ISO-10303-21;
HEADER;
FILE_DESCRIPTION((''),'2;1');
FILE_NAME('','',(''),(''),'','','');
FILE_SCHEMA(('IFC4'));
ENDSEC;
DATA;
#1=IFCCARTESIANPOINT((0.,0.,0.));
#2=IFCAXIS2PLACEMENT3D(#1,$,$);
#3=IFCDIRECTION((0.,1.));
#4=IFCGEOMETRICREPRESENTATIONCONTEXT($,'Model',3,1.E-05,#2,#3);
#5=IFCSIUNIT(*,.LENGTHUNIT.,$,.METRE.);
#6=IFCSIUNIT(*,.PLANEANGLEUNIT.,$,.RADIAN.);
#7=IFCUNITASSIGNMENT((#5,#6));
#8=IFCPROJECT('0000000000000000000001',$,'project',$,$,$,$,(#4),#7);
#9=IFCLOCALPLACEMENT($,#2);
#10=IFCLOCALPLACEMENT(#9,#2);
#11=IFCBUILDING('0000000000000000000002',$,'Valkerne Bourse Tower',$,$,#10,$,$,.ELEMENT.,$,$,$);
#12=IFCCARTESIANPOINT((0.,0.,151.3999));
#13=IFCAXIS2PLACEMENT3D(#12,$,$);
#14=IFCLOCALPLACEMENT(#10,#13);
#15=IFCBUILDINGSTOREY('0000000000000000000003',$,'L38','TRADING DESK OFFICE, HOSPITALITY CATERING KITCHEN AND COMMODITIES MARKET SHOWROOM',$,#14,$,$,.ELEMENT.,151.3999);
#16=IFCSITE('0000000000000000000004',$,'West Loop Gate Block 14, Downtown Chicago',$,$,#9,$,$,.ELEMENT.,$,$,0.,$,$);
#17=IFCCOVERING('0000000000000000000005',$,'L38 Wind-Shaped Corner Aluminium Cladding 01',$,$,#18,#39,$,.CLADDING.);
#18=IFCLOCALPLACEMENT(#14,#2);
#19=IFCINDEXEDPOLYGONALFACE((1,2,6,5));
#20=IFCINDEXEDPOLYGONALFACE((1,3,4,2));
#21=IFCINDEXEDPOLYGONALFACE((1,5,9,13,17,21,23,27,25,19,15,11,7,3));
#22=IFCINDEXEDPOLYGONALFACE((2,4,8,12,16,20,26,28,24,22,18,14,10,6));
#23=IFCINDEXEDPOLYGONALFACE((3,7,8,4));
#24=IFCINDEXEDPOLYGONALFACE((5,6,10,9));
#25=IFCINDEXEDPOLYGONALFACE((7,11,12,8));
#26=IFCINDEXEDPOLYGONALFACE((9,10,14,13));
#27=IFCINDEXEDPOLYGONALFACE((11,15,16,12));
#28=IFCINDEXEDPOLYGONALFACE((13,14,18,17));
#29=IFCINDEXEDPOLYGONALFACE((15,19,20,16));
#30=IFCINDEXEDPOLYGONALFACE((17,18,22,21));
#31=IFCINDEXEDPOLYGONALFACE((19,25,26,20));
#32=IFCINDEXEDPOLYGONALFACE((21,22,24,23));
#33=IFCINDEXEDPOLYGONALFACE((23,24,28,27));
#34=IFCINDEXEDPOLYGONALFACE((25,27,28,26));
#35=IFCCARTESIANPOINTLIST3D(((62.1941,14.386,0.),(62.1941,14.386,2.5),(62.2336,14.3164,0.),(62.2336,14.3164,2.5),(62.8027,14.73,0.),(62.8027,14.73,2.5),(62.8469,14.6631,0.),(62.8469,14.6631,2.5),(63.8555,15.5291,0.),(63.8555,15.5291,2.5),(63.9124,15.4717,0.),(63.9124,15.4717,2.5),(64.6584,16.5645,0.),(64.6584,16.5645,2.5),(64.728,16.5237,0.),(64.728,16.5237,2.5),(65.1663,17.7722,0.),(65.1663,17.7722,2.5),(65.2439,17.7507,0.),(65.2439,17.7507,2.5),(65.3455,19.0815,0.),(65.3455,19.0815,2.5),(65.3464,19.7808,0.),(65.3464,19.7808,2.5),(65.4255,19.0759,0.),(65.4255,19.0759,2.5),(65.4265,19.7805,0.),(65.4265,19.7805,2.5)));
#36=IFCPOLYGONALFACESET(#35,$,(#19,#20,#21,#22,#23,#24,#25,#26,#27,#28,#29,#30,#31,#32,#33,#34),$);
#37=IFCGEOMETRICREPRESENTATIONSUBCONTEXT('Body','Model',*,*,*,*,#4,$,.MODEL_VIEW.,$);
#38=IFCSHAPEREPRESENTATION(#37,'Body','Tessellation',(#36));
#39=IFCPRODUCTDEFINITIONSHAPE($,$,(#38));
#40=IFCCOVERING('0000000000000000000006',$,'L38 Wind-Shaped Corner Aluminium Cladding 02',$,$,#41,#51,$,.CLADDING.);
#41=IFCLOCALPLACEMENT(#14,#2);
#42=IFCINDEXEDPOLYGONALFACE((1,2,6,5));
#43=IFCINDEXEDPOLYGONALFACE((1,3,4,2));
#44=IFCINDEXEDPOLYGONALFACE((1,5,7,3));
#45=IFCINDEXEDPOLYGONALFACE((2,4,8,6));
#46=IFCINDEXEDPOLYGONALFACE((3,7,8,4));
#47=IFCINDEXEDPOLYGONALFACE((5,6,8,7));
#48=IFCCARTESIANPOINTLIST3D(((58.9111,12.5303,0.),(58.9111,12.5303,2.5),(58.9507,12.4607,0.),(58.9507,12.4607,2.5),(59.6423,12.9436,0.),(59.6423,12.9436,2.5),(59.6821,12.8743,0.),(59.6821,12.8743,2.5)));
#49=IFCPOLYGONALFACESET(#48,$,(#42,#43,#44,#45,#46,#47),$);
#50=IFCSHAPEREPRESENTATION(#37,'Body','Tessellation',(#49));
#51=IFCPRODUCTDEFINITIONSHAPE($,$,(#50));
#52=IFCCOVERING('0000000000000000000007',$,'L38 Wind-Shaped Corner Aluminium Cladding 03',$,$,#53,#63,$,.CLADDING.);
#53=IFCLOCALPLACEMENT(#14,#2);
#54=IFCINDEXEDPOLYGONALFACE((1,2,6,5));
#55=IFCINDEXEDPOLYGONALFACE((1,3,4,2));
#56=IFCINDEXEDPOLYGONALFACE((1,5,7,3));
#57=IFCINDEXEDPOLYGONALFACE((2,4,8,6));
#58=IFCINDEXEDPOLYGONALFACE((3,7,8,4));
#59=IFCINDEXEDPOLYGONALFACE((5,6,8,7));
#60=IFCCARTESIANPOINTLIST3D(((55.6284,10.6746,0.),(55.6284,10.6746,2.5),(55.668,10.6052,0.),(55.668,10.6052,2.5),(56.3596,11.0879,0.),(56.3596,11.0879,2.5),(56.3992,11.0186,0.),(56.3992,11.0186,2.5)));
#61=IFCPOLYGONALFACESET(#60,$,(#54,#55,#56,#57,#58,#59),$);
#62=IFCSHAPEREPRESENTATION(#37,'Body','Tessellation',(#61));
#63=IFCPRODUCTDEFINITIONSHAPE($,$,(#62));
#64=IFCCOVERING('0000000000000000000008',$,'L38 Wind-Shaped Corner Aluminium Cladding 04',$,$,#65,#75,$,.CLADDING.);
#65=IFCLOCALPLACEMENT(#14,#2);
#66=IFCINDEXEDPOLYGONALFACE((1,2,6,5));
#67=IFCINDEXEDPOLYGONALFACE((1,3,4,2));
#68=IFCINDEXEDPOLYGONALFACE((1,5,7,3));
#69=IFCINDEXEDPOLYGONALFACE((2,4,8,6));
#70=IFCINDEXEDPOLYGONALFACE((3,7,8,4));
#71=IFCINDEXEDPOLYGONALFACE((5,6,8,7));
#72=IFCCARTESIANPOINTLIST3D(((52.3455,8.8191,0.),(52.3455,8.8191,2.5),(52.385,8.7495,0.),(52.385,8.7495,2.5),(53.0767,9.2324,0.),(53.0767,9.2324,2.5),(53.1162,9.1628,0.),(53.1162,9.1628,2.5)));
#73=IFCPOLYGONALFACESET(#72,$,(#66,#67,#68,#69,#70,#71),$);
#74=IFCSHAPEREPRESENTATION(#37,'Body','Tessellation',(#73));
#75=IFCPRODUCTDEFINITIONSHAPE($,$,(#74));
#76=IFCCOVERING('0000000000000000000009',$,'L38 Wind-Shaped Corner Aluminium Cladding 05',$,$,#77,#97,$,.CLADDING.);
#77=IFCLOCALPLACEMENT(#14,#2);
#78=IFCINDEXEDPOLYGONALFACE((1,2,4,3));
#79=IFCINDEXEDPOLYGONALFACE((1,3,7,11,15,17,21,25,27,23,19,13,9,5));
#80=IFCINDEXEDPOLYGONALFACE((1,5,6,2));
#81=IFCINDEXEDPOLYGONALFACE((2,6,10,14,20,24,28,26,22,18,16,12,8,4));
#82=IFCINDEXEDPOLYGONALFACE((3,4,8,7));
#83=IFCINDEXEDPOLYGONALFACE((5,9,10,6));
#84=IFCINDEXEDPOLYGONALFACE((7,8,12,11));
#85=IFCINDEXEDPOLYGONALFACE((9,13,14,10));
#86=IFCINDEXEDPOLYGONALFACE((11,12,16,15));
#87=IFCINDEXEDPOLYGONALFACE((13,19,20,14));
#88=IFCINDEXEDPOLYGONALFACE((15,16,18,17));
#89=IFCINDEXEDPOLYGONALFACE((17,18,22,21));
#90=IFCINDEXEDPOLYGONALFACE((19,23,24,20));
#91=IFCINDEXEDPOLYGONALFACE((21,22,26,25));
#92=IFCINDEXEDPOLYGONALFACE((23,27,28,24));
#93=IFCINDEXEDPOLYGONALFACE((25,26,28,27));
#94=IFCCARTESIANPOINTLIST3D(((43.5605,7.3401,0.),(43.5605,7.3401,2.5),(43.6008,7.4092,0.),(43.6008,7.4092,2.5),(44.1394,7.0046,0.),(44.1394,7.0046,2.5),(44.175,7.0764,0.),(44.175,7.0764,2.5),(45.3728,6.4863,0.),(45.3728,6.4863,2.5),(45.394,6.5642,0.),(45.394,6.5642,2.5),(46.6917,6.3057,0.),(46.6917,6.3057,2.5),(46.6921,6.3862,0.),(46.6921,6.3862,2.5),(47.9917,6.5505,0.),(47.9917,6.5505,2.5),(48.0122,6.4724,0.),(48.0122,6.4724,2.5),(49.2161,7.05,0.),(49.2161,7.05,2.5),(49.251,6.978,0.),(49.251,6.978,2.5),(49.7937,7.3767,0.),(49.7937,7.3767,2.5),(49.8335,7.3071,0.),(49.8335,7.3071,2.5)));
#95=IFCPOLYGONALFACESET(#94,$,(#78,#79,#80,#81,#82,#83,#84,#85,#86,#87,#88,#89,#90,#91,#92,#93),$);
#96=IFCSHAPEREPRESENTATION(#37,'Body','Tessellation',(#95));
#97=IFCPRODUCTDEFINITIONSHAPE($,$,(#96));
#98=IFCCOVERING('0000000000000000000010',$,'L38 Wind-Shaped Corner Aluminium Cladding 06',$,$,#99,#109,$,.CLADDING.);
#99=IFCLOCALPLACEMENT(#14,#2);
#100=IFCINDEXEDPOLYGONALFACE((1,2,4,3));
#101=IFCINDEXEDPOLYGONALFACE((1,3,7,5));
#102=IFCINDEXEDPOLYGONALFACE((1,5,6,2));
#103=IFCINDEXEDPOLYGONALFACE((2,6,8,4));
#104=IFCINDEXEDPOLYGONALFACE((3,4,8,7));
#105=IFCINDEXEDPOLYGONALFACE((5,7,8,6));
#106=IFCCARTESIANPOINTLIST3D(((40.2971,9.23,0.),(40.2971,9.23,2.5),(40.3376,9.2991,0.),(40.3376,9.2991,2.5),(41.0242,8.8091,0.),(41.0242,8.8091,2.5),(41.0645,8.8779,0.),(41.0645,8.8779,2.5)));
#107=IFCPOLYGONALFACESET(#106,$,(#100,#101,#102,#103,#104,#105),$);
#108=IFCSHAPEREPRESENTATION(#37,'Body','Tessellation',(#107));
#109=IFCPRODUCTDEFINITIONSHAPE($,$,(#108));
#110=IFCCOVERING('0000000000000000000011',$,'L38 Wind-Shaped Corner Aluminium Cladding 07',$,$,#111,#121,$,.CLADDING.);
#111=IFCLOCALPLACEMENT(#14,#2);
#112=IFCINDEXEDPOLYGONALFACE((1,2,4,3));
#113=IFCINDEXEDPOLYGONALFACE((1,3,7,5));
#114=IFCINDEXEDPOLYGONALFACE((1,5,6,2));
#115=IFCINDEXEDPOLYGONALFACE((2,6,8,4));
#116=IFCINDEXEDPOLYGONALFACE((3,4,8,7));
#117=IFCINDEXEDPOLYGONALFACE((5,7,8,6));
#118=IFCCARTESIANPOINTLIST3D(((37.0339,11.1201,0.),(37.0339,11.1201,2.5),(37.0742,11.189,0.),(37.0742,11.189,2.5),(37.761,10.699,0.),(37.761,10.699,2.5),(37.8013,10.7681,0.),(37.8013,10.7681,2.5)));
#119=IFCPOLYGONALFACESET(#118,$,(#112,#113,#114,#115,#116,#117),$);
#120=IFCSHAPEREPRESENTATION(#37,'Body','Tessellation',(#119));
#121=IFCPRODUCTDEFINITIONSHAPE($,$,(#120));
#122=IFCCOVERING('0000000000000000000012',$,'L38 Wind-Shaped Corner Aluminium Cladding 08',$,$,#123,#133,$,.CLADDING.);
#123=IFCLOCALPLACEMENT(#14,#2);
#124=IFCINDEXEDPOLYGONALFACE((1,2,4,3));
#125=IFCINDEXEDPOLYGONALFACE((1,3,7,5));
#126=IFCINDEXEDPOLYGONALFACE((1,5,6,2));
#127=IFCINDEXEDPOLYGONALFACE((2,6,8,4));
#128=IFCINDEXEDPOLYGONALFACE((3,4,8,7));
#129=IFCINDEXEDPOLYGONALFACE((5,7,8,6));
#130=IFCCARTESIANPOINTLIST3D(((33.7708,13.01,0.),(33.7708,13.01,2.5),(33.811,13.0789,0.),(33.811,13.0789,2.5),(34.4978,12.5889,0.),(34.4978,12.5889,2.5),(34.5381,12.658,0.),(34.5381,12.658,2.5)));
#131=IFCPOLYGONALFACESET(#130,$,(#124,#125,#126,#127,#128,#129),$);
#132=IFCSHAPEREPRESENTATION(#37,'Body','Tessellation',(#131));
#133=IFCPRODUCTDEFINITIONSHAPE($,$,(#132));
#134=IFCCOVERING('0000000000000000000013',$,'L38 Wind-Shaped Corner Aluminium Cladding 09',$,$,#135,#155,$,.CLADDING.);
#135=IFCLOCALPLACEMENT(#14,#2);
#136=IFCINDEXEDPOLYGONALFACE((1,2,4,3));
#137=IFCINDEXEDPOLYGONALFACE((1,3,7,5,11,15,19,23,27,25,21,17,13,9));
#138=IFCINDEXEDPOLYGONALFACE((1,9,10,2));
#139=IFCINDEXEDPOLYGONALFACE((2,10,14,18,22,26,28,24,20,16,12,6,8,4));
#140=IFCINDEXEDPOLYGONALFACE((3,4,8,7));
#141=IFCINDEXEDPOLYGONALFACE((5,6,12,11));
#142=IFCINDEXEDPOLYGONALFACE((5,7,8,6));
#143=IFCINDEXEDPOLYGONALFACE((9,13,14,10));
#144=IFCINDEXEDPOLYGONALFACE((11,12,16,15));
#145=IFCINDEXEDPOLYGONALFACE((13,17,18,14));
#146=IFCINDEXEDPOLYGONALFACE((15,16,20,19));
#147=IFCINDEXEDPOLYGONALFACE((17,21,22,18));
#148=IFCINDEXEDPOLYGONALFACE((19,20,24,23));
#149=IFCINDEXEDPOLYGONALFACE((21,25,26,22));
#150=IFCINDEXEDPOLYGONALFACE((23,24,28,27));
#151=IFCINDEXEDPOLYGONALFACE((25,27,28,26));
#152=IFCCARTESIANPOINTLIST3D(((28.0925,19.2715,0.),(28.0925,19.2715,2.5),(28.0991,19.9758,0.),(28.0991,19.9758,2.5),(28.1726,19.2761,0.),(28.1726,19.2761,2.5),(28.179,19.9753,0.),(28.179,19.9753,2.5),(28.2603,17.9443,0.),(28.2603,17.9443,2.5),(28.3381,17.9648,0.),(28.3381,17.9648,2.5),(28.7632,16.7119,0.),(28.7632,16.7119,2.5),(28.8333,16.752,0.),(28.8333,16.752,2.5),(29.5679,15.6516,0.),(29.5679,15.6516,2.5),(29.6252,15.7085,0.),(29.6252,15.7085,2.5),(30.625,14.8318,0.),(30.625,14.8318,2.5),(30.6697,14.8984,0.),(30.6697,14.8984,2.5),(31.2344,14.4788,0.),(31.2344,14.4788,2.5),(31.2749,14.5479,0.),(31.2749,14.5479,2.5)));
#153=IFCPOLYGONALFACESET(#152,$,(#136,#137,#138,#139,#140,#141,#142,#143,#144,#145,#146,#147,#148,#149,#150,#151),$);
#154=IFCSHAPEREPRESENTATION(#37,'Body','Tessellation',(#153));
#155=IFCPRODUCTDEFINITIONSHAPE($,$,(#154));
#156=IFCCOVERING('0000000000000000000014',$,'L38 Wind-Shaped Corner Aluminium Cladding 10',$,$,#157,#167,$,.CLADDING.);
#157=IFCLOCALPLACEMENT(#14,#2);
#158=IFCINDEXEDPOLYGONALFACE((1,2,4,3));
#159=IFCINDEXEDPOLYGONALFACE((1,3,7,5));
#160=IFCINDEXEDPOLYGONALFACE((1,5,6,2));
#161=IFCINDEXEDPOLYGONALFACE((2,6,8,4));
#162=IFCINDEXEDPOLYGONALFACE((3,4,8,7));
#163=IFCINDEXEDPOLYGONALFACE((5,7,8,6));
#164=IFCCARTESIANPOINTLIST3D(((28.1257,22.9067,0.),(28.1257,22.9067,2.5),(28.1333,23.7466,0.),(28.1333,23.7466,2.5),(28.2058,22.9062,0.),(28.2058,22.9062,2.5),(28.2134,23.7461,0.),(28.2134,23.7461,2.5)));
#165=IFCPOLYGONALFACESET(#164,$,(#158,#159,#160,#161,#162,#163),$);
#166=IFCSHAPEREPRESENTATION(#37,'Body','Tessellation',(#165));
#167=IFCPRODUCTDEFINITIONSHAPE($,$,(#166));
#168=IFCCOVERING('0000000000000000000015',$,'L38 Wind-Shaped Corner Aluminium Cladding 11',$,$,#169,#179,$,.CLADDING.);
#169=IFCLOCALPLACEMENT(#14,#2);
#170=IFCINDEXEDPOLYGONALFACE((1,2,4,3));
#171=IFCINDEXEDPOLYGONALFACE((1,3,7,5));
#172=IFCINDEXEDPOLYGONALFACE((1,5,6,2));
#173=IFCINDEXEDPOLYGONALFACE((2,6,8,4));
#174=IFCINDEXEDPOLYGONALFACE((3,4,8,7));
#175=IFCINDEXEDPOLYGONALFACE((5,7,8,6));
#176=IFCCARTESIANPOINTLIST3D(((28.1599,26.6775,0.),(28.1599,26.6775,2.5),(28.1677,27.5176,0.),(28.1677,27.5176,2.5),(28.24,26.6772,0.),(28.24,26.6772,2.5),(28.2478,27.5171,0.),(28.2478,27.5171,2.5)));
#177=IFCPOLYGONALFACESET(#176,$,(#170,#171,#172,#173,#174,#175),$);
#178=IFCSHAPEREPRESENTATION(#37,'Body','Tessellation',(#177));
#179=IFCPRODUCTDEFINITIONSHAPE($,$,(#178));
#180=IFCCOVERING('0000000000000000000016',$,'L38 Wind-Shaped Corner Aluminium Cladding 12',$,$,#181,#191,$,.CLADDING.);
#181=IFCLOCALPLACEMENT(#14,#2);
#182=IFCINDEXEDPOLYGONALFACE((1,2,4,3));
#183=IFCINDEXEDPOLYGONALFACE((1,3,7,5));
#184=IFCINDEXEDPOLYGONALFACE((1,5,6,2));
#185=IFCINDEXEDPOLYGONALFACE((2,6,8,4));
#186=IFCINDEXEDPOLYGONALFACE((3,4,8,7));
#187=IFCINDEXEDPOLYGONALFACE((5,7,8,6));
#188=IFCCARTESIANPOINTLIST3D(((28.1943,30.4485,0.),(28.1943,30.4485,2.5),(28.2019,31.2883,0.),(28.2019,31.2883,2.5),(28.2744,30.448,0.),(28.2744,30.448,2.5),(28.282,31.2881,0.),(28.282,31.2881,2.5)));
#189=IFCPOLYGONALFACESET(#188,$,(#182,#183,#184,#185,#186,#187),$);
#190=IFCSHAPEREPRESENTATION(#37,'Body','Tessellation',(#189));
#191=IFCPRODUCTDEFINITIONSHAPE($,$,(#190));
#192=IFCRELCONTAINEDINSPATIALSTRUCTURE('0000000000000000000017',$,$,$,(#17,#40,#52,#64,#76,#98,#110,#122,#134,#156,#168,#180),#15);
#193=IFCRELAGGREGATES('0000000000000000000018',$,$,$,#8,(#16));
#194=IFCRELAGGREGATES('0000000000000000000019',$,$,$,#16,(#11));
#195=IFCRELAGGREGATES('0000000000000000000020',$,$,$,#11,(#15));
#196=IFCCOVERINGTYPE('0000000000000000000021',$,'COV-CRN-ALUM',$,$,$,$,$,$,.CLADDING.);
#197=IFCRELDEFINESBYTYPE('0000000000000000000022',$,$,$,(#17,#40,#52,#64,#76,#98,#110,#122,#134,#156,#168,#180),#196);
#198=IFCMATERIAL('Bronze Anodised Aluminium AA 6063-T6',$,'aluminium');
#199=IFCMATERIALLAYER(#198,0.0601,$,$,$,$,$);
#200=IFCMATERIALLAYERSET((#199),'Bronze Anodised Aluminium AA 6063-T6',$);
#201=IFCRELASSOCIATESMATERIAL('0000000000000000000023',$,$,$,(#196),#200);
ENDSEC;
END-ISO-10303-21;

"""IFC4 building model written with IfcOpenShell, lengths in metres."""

from ifc_helpers import new_model, si_unit, direction, frame, origin, place, context, subcontext, project, spatial, polyline, outline, extrude, material, layer, layer_set, type_object, element, save


model = new_model("IFC4")

# Units and contexts
model_context = context("Model", 3, precision=1e-05, world=origin(), true_north=direction((0.0, 1.0)))
body_context = subcontext(model_context, "Body", "Model", "MODEL_VIEW")
ifc_project = project(units=[si_unit("LENGTHUNIT", "METRE"), si_unit("PLANEANGLEUNIT", "RADIAN")], contexts=[model_context])

# Site, building, storey
site_placement = place(None, origin())
site = spatial("IfcSite", under=ifc_project, at=site_placement, Name="West Loop Gate Block 14, Downtown Chicago", CompositionType="ELEMENT", RefElevation=0.0)
building_placement = place(site_placement, origin())
building = spatial("IfcBuilding", under=site, at=building_placement, Name="Valkerne Bourse Tower", CompositionType="ELEMENT")
storey_placement = place(building_placement, frame((0.0, 0.0, 151.3999)))
storey = spatial("IfcBuildingStorey", under=building, at=storey_placement, Name="L38", Description="TRADING DESK OFFICE, HOSPITALITY CATERING KITCHEN AND COMMODITIES MARKET SHOWROOM", CompositionType="ELEMENT", Elevation=151.3999)

# Coverings
ifc_material_1 = material(Name="Bronze Anodised Aluminium AA 6063-T6", Category="aluminium")
ifc_layer_1 = layer(ifc_material_1, 0.0601)
ifc_layer_set_1 = layer_set([ifc_layer_1], Name="Bronze Anodised Aluminium AA 6063-T6")
covering_type = type_object("IfcCoveringType", Name="COV-CRN-ALUM", PredefinedType="CLADDING", material=ifc_layer_set_1)
covering_1_placement = place(storey_placement, origin())
element("IfcCovering", 1, at=covering_1_placement, inside=storey, type_object=covering_type, Name="L38 Wind-Shaped Corner Aluminium Cladding 01", PredefinedType="CLADDING", context=body_context, shape_type="SweptSolid", body=[
    extrude(outline(polyline([(65.2439, 17.7507), (64.728, 16.5237), (63.9124, 15.4717), (62.8469, 14.6631), (62.2336, 14.3164), (62.1941, 14.386), (62.8027, 14.73), (63.8555, 15.5291), (64.6584, 16.5645), (65.1663, 17.7722), (65.3455, 19.0815), (65.3464, 19.7808), (65.4265, 19.7805), (65.4255, 19.0759), (65.2439, 17.7507)])), origin(), (0.0, 0.0, 1.0), 2.5),
])
covering_2_placement = place(storey_placement, origin())
element("IfcCovering", 2, at=covering_2_placement, inside=storey, type_object=covering_type, Name="L38 Wind-Shaped Corner Aluminium Cladding 02", PredefinedType="CLADDING", context=body_context, shape_type="SweptSolid", body=[
    extrude(outline(polyline([(58.9507, 12.4607), (58.9111, 12.5303), (59.6423, 12.9436), (59.6821, 12.8743), (58.9507, 12.4607)])), origin(), (0.0, 0.0, 1.0), 2.5),
])
covering_3_placement = place(storey_placement, origin())
element("IfcCovering", 3, at=covering_3_placement, inside=storey, type_object=covering_type, Name="L38 Wind-Shaped Corner Aluminium Cladding 03", PredefinedType="CLADDING", context=body_context, shape_type="SweptSolid", body=[
    extrude(outline(polyline([(55.668, 10.6052), (55.6284, 10.6746), (56.3596, 11.0879), (56.3992, 11.0186), (55.668, 10.6052)])), origin(), (0.0, 0.0, 1.0), 2.5),
])
covering_4_placement = place(storey_placement, origin())
element("IfcCovering", 4, at=covering_4_placement, inside=storey, type_object=covering_type, Name="L38 Wind-Shaped Corner Aluminium Cladding 04", PredefinedType="CLADDING", context=body_context, shape_type="SweptSolid", body=[
    extrude(outline(polyline([(52.385, 8.7495), (52.3455, 8.8191), (53.0767, 9.2324), (53.1162, 9.1628), (52.385, 8.7495)])), origin(), (0.0, 0.0, 1.0), 2.5),
])
covering_5_placement = place(storey_placement, origin())
element("IfcCovering", 5, at=covering_5_placement, inside=storey, type_object=covering_type, Name="L38 Wind-Shaped Corner Aluminium Cladding 05", PredefinedType="CLADDING", context=body_context, shape_type="SweptSolid", body=[
    extrude(outline(polyline([(49.251, 6.978), (48.0122, 6.4724), (46.6917, 6.3057), (45.3728, 6.4863), (44.1394, 7.0046), (43.5605, 7.3401), (43.6008, 7.4092), (44.175, 7.0764), (45.394, 6.5642), (46.6921, 6.3862), (47.9917, 6.5505), (49.2161, 7.05), (49.7937, 7.3767), (49.8335, 7.3071), (49.251, 6.978)])), origin(), (0.0, 0.0, 1.0), 2.5),
])
covering_6_placement = place(storey_placement, origin())
element("IfcCovering", 6, at=covering_6_placement, inside=storey, type_object=covering_type, Name="L38 Wind-Shaped Corner Aluminium Cladding 06", PredefinedType="CLADDING", context=body_context, shape_type="SweptSolid", body=[
    extrude(outline(polyline([(40.2971, 9.23), (40.3376, 9.2991), (41.0645, 8.8779), (41.0242, 8.8091), (40.2971, 9.23)])), origin(), (0.0, 0.0, 1.0), 2.5),
])
covering_7_placement = place(storey_placement, origin())
element("IfcCovering", 7, at=covering_7_placement, inside=storey, type_object=covering_type, Name="L38 Wind-Shaped Corner Aluminium Cladding 07", PredefinedType="CLADDING", context=body_context, shape_type="SweptSolid", body=[
    extrude(outline(polyline([(37.0339, 11.1201), (37.0742, 11.189), (37.8013, 10.7681), (37.761, 10.699), (37.0339, 11.1201)])), origin(), (0.0, 0.0, 1.0), 2.5),
])
covering_8_placement = place(storey_placement, origin())
element("IfcCovering", 8, at=covering_8_placement, inside=storey, type_object=covering_type, Name="L38 Wind-Shaped Corner Aluminium Cladding 08", PredefinedType="CLADDING", context=body_context, shape_type="SweptSolid", body=[
    extrude(outline(polyline([(33.7708, 13.01), (33.811, 13.0789), (34.5381, 12.658), (34.4978, 12.5889), (33.7708, 13.01)])), origin(), (0.0, 0.0, 1.0), 2.5),
])
covering_9_placement = place(storey_placement, origin())
element("IfcCovering", 9, at=covering_9_placement, inside=storey, type_object=covering_type, Name="L38 Wind-Shaped Corner Aluminium Cladding 09", PredefinedType="CLADDING", context=body_context, shape_type="SweptSolid", body=[
    extrude(outline(polyline([(30.625, 14.8318), (29.5679, 15.6516), (28.7632, 16.7119), (28.2603, 17.9443), (28.0925, 19.2715), (28.0991, 19.9758), (28.179, 19.9753), (28.1726, 19.2761), (28.3381, 17.9648), (28.8333, 16.752), (29.6252, 15.7085), (30.6697, 14.8984), (31.2749, 14.5479), (31.2344, 14.4788), (30.625, 14.8318)])), origin(), (0.0, 0.0, 1.0), 2.5),
])
covering_10_placement = place(storey_placement, origin())
element("IfcCovering", 10, at=covering_10_placement, inside=storey, type_object=covering_type, Name="L38 Wind-Shaped Corner Aluminium Cladding 10", PredefinedType="CLADDING", context=body_context, shape_type="SweptSolid", body=[
    extrude(outline(polyline([(28.1333, 23.7466), (28.2134, 23.7461), (28.2058, 22.9062), (28.1257, 22.9067), (28.1333, 23.7466)])), origin(), (0.0, 0.0, 1.0), 2.5),
])
covering_11_placement = place(storey_placement, origin())
element("IfcCovering", 11, at=covering_11_placement, inside=storey, type_object=covering_type, Name="L38 Wind-Shaped Corner Aluminium Cladding 11", PredefinedType="CLADDING", context=body_context, shape_type="SweptSolid", body=[
    extrude(outline(polyline([(28.1677, 27.5176), (28.2478, 27.5171), (28.24, 26.6772), (28.1599, 26.6775), (28.1677, 27.5176)])), origin(), (0.0, 0.0, 1.0), 2.5),
])
covering_12_placement = place(storey_placement, origin())
element("IfcCovering", 12, at=covering_12_placement, inside=storey, type_object=covering_type, Name="L38 Wind-Shaped Corner Aluminium Cladding 12", PredefinedType="CLADDING", context=body_context, shape_type="SweptSolid", body=[
    extrude(outline(polyline([(28.2019, 31.2883), (28.282, 31.2881), (28.2744, 30.448), (28.1943, 30.4485), (28.2019, 31.2883)])), origin(), (0.0, 0.0, 1.0), 2.5),
])

save(model, "model.ifc")
